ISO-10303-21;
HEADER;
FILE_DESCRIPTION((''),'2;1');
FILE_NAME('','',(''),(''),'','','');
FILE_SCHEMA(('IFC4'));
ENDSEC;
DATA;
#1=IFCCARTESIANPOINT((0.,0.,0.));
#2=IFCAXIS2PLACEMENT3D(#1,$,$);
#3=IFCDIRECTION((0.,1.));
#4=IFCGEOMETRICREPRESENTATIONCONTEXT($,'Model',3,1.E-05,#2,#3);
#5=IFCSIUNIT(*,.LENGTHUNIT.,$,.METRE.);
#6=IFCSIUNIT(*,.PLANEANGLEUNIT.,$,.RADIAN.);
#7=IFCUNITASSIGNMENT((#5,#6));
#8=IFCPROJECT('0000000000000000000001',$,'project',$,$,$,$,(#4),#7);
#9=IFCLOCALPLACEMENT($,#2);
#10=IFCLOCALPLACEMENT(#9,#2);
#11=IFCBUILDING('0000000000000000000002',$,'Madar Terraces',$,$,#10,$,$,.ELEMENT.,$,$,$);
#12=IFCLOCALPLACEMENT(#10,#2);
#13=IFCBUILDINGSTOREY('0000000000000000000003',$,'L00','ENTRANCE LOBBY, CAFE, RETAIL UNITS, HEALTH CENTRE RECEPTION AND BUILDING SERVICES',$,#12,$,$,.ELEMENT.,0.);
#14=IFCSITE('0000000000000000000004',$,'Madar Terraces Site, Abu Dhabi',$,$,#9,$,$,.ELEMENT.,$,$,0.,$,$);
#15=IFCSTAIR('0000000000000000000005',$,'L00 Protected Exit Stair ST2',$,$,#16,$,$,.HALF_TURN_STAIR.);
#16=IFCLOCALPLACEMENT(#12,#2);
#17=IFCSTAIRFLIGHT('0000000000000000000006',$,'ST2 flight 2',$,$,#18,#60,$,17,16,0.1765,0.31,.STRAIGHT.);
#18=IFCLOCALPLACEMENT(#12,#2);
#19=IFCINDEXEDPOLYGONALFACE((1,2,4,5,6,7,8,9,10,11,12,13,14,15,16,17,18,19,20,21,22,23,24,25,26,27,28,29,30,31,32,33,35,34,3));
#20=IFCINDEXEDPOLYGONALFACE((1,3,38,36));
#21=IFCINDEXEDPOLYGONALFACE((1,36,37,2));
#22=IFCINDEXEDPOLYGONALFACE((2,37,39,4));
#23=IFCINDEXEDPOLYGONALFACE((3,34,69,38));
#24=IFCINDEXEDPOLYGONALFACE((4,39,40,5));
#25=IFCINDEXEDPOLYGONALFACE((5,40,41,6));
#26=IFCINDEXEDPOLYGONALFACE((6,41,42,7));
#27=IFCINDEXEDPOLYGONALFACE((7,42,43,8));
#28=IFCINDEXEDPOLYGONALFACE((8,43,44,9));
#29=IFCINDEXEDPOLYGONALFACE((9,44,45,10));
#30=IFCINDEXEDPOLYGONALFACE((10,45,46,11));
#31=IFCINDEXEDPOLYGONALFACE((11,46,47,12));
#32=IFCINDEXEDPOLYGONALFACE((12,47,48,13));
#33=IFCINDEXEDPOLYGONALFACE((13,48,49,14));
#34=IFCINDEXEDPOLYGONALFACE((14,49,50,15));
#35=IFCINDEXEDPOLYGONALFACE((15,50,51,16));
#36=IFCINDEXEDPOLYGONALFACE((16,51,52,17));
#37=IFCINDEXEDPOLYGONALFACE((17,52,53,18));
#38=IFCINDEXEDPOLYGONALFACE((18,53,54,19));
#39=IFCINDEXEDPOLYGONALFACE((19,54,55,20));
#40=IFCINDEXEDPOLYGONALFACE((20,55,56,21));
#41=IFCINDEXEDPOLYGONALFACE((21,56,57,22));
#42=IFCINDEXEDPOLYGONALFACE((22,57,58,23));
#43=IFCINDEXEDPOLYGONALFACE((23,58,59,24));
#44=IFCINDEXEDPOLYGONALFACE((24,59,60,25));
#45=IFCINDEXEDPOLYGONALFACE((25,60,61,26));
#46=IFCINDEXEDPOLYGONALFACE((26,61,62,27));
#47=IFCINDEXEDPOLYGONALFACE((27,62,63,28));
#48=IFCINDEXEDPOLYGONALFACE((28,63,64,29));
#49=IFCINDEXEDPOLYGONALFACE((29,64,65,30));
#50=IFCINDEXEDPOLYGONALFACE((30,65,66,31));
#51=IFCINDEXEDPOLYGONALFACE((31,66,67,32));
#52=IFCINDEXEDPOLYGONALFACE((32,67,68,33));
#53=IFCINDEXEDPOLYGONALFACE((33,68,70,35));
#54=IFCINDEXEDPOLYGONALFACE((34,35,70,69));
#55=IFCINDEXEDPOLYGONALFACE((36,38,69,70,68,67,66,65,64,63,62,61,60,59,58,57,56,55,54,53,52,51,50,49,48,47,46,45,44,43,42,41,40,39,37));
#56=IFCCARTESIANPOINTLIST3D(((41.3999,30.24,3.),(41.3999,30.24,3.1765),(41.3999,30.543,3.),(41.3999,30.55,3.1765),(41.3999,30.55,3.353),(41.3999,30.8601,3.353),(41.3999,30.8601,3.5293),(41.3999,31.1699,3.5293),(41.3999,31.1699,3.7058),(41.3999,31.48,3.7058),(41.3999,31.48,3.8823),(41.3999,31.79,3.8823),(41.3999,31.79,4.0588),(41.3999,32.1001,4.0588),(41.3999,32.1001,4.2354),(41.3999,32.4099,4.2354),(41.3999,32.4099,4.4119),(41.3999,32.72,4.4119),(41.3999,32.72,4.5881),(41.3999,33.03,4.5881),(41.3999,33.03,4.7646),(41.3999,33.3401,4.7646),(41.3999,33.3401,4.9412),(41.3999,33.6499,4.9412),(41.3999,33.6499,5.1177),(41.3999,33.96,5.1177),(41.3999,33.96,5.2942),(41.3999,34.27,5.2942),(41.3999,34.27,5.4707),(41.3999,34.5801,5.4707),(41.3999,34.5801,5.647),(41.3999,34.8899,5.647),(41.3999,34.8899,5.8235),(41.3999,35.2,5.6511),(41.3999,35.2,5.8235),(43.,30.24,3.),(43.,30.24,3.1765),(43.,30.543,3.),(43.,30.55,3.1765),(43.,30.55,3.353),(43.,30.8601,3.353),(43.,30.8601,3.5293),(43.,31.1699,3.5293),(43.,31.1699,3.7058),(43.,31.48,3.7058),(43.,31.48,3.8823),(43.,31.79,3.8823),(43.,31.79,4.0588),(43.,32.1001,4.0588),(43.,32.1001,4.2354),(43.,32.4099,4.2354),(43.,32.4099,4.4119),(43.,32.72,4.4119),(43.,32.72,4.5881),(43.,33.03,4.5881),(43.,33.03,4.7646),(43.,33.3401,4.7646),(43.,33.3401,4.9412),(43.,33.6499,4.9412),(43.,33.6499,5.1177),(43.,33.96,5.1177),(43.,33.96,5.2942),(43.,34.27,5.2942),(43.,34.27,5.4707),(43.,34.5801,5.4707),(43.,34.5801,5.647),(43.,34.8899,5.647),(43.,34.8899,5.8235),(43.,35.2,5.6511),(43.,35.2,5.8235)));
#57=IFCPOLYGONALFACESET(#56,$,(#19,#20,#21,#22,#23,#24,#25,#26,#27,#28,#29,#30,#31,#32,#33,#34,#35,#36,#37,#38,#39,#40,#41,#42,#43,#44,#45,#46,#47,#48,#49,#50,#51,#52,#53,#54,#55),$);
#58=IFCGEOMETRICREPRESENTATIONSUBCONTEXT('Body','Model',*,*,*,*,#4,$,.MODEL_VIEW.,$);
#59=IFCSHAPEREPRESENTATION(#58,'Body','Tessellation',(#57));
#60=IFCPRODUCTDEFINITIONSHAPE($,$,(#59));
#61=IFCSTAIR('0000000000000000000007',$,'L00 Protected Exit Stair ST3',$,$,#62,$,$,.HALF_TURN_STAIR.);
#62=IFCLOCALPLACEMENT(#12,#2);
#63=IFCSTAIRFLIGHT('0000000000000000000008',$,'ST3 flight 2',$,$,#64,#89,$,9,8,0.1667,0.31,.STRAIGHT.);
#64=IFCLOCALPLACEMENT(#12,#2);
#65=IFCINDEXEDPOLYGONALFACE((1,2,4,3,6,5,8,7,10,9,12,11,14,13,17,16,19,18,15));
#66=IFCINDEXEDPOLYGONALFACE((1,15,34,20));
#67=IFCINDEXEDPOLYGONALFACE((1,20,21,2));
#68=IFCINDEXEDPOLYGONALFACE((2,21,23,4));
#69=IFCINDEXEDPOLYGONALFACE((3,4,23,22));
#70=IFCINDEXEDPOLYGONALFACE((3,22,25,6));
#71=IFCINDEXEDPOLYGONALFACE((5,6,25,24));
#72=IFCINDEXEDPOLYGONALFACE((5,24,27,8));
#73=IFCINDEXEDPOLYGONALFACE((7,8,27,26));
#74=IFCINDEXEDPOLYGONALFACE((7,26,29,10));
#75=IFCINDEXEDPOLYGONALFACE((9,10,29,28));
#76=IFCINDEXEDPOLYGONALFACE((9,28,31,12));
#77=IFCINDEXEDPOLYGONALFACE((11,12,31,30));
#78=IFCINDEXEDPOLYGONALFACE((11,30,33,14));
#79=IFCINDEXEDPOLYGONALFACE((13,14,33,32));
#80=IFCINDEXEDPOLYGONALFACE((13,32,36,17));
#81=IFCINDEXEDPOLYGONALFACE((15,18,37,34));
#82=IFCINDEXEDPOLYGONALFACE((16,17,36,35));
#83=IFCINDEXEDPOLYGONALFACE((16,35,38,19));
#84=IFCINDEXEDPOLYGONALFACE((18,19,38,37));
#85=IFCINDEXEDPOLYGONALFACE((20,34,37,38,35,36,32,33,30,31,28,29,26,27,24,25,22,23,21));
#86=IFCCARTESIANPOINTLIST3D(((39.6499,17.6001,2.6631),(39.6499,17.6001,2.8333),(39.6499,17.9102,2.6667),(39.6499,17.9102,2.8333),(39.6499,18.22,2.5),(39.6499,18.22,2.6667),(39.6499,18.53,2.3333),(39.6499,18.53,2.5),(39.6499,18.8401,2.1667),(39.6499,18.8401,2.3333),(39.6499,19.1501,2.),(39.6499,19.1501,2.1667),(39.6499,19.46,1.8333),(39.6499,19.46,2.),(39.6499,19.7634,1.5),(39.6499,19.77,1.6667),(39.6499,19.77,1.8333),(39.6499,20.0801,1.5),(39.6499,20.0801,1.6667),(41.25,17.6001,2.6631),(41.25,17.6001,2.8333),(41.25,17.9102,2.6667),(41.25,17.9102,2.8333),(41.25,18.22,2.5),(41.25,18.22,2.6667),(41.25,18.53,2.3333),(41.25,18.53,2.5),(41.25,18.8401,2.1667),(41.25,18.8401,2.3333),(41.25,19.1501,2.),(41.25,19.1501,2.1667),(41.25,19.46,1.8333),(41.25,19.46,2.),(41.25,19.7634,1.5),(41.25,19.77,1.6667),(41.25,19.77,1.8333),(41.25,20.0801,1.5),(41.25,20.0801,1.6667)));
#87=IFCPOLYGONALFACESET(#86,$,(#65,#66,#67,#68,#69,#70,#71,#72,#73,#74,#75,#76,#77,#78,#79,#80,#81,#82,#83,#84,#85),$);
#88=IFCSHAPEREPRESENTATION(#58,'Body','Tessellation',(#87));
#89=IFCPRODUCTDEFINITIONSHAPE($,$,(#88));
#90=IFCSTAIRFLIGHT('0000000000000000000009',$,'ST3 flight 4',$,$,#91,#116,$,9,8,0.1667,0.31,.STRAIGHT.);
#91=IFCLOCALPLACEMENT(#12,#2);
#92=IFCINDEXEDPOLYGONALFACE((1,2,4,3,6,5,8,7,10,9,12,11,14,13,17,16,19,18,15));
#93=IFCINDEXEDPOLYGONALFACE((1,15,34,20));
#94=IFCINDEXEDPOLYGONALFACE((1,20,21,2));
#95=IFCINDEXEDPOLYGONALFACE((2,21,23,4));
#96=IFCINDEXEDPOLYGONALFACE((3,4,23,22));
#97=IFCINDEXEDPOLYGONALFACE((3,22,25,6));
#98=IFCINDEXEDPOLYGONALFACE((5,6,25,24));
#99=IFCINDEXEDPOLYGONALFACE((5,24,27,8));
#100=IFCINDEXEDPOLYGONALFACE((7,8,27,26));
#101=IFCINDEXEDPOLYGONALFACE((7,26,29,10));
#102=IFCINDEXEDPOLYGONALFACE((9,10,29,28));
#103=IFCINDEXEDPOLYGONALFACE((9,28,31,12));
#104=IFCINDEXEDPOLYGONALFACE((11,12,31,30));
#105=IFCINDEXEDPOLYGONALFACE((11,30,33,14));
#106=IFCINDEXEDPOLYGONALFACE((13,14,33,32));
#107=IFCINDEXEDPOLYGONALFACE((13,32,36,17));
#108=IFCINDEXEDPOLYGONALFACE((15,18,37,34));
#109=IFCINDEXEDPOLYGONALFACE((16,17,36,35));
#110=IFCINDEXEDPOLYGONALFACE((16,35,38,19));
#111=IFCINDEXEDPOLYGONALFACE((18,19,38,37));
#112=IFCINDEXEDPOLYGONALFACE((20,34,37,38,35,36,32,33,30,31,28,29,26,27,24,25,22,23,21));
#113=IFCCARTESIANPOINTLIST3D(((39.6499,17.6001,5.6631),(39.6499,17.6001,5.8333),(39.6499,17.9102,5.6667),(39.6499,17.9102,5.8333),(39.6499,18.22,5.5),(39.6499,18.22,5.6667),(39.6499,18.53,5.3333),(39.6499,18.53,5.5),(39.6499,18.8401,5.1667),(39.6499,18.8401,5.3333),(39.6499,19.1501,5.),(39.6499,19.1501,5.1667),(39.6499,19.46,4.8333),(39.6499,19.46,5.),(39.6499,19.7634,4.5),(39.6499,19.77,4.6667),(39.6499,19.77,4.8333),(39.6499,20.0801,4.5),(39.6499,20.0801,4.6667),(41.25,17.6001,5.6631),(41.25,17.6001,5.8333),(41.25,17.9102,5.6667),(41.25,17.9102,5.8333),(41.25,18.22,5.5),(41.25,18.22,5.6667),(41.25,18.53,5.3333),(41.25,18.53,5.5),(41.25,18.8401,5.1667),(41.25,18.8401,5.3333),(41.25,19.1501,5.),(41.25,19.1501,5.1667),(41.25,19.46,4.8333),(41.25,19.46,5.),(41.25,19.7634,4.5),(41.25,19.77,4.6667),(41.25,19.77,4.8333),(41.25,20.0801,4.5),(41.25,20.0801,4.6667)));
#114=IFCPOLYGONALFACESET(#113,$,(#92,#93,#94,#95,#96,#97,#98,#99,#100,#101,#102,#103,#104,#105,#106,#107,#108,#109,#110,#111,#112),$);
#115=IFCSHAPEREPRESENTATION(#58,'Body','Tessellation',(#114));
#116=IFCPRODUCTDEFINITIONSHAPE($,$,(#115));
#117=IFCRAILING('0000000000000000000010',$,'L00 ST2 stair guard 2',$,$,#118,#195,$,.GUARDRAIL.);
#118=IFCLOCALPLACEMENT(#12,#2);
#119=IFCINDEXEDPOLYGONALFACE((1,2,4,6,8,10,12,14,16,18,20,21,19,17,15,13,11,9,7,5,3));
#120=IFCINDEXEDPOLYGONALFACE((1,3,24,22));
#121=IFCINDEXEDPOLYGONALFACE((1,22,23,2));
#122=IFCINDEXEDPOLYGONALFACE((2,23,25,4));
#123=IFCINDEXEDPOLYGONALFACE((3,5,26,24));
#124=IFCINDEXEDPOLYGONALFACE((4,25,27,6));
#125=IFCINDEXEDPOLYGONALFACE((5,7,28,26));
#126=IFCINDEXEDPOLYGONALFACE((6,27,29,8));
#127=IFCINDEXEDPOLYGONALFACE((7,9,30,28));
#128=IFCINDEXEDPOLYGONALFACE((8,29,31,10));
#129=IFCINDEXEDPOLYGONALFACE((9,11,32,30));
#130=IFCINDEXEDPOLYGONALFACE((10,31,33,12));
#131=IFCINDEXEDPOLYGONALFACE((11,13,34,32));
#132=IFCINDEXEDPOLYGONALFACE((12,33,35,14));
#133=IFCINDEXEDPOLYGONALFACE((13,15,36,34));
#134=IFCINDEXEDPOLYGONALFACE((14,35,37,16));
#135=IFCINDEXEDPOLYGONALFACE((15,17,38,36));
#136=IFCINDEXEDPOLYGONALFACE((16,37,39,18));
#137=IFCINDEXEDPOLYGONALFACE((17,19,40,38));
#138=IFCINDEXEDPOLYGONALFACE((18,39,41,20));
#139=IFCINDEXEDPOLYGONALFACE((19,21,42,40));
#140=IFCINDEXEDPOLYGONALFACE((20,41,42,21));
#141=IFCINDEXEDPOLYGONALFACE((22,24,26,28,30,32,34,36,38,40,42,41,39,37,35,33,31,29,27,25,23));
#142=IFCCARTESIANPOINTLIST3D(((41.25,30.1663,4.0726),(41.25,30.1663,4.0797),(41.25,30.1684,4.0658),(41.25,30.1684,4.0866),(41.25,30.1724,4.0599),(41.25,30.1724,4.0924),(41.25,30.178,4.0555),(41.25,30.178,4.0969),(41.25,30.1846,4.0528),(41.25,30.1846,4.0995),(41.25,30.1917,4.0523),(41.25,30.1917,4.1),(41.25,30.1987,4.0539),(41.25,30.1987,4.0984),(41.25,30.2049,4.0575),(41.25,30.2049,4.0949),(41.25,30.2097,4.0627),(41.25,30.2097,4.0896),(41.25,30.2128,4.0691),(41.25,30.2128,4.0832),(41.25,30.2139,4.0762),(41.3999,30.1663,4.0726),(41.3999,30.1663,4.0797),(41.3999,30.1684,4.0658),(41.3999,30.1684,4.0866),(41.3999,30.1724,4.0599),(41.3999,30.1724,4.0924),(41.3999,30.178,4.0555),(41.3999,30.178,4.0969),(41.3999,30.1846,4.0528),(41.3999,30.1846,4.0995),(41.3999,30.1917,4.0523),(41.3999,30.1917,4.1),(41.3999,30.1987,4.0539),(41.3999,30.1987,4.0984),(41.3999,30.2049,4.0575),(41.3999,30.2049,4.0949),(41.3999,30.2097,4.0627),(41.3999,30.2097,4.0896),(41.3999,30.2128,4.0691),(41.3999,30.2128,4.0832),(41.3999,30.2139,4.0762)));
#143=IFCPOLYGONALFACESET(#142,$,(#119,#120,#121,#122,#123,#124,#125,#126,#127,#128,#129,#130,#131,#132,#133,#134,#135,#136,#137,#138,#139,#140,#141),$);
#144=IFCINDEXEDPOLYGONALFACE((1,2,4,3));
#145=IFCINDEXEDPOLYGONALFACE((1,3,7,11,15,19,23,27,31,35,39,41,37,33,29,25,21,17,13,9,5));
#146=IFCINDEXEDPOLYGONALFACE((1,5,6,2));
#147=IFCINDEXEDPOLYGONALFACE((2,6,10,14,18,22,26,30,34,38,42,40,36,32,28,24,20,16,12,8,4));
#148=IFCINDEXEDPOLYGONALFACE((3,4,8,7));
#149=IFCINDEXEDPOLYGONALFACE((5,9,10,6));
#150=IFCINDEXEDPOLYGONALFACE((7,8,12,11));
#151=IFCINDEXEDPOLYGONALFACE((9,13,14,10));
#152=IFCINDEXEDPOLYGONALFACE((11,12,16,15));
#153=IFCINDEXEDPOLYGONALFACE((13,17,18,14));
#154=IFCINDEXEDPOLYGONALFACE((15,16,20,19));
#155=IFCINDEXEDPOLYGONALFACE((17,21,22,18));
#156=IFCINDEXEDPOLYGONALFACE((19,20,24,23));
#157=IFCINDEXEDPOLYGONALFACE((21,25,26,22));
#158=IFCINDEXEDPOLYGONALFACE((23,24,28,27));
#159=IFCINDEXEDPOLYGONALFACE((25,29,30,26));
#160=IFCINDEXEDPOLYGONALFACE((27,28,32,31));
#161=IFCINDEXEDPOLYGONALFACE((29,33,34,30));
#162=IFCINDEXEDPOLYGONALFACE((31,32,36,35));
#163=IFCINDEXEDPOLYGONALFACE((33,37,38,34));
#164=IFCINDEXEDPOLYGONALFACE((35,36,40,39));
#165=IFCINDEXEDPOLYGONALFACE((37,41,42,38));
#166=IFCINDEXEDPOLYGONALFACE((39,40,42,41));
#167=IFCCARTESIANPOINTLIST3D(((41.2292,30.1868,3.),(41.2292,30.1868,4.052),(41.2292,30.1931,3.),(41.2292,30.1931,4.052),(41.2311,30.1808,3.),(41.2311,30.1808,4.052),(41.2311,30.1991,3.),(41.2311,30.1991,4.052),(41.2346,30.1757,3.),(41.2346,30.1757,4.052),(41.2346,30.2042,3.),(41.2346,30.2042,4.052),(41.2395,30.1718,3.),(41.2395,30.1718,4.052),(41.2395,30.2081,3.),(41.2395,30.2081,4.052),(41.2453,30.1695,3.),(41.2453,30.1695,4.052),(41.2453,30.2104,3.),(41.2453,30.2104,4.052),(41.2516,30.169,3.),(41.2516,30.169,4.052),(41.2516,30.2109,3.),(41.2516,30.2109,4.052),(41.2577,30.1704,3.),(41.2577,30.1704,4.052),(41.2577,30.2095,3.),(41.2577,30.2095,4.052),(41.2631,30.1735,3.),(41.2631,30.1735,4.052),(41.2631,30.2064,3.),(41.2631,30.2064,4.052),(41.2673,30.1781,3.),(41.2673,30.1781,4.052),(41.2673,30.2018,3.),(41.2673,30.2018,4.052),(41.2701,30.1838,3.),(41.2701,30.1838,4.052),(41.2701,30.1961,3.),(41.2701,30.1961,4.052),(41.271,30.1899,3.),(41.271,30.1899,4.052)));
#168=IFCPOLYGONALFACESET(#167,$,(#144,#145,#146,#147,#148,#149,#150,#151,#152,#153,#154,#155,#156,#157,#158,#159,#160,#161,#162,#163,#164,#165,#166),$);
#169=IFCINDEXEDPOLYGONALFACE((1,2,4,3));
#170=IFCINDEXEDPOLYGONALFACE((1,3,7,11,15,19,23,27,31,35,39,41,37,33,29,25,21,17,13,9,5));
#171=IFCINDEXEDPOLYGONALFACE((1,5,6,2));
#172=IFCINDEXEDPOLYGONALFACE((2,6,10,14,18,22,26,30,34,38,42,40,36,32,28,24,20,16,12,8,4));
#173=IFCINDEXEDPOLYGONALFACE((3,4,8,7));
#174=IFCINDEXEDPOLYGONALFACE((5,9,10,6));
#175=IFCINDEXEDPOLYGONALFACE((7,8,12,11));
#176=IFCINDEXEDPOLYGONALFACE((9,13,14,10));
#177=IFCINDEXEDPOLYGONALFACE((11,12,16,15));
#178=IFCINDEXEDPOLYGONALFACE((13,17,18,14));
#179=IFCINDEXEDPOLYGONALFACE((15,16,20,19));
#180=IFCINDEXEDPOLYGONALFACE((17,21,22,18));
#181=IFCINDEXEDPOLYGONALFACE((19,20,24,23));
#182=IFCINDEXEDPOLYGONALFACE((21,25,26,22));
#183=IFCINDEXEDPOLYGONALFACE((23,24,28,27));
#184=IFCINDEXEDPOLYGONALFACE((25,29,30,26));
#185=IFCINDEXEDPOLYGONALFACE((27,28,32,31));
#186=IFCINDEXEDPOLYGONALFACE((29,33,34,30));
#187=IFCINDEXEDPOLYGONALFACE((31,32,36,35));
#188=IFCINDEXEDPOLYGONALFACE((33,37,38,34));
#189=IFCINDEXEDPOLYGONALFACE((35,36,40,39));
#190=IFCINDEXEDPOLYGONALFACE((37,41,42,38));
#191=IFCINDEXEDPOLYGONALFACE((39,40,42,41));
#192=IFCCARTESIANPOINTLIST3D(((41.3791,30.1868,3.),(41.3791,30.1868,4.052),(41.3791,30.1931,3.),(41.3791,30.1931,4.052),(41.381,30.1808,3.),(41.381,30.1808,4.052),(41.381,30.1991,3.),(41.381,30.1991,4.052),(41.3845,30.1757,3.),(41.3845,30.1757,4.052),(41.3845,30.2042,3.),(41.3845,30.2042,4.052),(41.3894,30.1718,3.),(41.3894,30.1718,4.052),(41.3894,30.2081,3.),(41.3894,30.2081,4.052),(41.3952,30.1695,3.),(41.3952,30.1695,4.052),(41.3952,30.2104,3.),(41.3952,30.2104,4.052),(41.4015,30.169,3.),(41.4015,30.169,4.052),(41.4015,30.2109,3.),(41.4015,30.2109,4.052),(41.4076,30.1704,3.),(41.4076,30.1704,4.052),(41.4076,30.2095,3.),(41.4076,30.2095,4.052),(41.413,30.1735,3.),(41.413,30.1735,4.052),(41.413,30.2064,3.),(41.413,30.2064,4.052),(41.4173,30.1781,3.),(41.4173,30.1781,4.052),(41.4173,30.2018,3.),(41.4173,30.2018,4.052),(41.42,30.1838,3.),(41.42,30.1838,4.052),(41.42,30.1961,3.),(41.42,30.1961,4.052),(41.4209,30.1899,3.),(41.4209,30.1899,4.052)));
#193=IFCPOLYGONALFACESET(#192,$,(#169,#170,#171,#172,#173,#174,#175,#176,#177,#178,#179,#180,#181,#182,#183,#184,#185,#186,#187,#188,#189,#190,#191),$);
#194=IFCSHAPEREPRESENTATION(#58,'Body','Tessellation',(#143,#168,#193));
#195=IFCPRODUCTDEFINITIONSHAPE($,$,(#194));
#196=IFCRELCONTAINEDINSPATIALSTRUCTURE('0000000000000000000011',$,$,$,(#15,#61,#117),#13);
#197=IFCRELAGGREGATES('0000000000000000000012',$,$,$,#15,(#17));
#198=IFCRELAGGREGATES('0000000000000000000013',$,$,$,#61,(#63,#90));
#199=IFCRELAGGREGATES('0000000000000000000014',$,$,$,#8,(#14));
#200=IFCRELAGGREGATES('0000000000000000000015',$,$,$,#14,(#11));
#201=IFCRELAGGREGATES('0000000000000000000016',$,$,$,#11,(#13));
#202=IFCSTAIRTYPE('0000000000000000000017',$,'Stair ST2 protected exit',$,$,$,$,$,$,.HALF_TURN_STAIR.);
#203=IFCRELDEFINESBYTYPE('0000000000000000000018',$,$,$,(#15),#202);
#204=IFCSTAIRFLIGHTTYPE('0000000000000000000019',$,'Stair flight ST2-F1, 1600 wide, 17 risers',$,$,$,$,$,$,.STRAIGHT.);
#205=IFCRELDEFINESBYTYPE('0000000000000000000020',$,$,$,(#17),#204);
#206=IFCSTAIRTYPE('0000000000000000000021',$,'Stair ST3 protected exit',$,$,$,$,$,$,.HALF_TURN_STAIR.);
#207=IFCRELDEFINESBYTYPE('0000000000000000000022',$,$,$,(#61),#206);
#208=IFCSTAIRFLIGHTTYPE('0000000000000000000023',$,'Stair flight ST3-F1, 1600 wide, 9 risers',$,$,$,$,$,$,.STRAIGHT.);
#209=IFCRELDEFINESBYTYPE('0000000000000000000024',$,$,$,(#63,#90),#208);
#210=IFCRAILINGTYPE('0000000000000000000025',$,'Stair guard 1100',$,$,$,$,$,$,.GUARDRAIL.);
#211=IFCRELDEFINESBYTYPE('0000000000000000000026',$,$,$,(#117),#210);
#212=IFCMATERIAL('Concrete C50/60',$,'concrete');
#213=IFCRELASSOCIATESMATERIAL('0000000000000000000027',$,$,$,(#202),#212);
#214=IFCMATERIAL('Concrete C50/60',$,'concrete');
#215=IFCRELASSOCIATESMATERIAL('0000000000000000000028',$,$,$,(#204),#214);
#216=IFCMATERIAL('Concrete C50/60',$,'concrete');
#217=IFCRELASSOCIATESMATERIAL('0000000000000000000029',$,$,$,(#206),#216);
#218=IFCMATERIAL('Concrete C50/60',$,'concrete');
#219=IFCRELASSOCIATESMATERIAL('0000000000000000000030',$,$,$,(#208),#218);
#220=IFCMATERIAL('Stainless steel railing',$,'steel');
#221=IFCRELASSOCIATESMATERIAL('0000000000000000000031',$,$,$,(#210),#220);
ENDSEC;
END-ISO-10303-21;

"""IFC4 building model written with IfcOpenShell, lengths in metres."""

from ifc_helpers import new_model, si_unit, direction, frame, origin, origin_2d, place, context, subcontext, project, spatial, polyline, circle, outline, extrude, material, type_object, element, aggregate, save


model = new_model("IFC4")

# Units and contexts
model_context = context("Model", 3, precision=1e-05, world=origin(), true_north=direction((0.0, 1.0)))
body_context = subcontext(model_context, "Body", "Model", "MODEL_VIEW")
ifc_project = project(units=[si_unit("LENGTHUNIT", "METRE"), si_unit("PLANEANGLEUNIT", "RADIAN")], contexts=[model_context])

# Site, building, storey
site_placement = place(None, origin())
site = spatial("IfcSite", under=ifc_project, at=site_placement, Name="Madar Terraces Site, Abu Dhabi", CompositionType="ELEMENT", RefElevation=0.0)
building_placement = place(site_placement, origin())
building = spatial("IfcBuilding", under=site, at=building_placement, Name="Madar Terraces", CompositionType="ELEMENT")
storey_placement = place(building_placement, origin())
storey = spatial("IfcBuildingStorey", under=building, at=storey_placement, Name="L00", Description="ENTRANCE LOBBY, CAFE, RETAIL UNITS, HEALTH CENTRE RECEPTION AND BUILDING SERVICES", CompositionType="ELEMENT", Elevation=0.0)

# Stair, stair flight
ifc_material_1 = material(Name="Concrete C50/60", Category="concrete")
stair_type_1 = type_object("IfcStairType", Name="Stair ST2 protected exit", PredefinedType="HALF_TURN_STAIR", material=ifc_material_1)
stair_1_placement = place(storey_placement, origin())
stair_1 = element("IfcStair", 1, at=stair_1_placement, inside=storey, type_object=stair_type_1, Name="L00 Protected Exit Stair ST2", PredefinedType="HALF_TURN_STAIR")
ifc_material_2 = material(Name="Concrete C50/60", Category="concrete")
stair_flight_type_1 = type_object("IfcStairFlightType", Name="Stair flight ST2-F1, 1600 wide, 17 risers", PredefinedType="STRAIGHT", material=ifc_material_2)
stair_flight_1_placement = place(storey_placement, frame((42.2, 30.24, 3.0), z_axis=(0.0, 0.0, 1.0), x_axis=(0.0, 1.0, 0.0)))
stair_flight_1 = element("IfcStairFlight", 2, at=stair_flight_1_placement, type_object=stair_flight_type_1, Name="ST2 flight 2", NumberOfRisers=17, NumberOfTreads=16, PredefinedType="STRAIGHT", RiserHeight=0.1765, TreadLength=0.31, context=body_context, shape_type="SweptSolid", body=[
    extrude(outline(polyline([(0.0, 0.0), (0.0, 0.1765), (0.3101, 0.1765), (0.3101, 0.353), (0.6201, 0.353), (0.6201, 0.5293), (0.9299, 0.5293), (0.9299, 0.7058), (1.24, 0.7058), (1.24, 0.8823), (1.55, 0.8823), (1.55, 1.0588), (1.8601, 1.0588), (1.8601, 1.2354), (2.1699, 1.2354), (2.1699, 1.4119), (2.48, 1.4119), (2.48, 1.5881), (2.79, 1.5881), (2.79, 1.7646), (3.1001, 1.7646), (3.1001, 1.9412), (3.4099, 1.9412), (3.4099, 2.1177), (3.72, 2.1177), (3.72, 2.2942), (4.03, 2.2942), (4.03, 2.4707), (4.3401, 2.4707), (4.3401, 2.647), (4.6499, 2.647), (4.6499, 2.8235), (4.96, 2.8235), (4.96, 3.0), (4.96, 2.6511), (0.303, 0.0), (0.0, 0.0)])), frame((0.0, 0.8, 0.0), z_axis=(0.0, -1.0, 0.0), x_axis=(1.0, 0.0, 0.0)), (0.0, 0.0, 1.0), 1.6001),
])
aggregate(stair_1, [stair_flight_1])

# Stair, stair flights
ifc_material_3 = material(Name="Concrete C50/60", Category="concrete")
stair_type_2 = type_object("IfcStairType", Name="Stair ST3 protected exit", PredefinedType="HALF_TURN_STAIR", material=ifc_material_3)
stair_2_placement = place(storey_placement, origin())
stair_2 = element("IfcStair", 3, at=stair_2_placement, inside=storey, type_object=stair_type_2, Name="L00 Protected Exit Stair ST3", PredefinedType="HALF_TURN_STAIR")
ifc_material_4 = material(Name="Concrete C50/60", Category="concrete")
stair_flight_type_2 = type_object("IfcStairFlightType", Name="Stair flight ST3-F1, 1600 wide, 9 risers", PredefinedType="STRAIGHT", material=ifc_material_4)
stair_flight_2_placement = place(storey_placement, frame((40.45, 20.0801, 1.5), z_axis=(0.0, 0.0, 1.0), x_axis=(0.0, -1.0, 0.0)))
stair_flight_2 = element("IfcStairFlight", 4, at=stair_flight_2_placement, type_object=stair_flight_type_2, Name="ST3 flight 2", NumberOfRisers=9, NumberOfTreads=8, PredefinedType="STRAIGHT", RiserHeight=0.1667, TreadLength=0.31, context=body_context, shape_type="SweptSolid", body=[
    extrude(outline(polyline([(0.0, 0.0), (0.0, 0.1667), (0.3101, 0.1667), (0.3101, 0.3333), (0.6201, 0.3333), (0.6201, 0.5), (0.9299, 0.5), (0.9299, 0.6667), (1.24, 0.6667), (1.24, 0.8333), (1.55, 0.8333), (1.55, 1.0), (1.8601, 1.0), (1.8601, 1.1667), (2.1699, 1.1667), (2.1699, 1.3333), (2.48, 1.3333), (2.48, 1.5), (2.48, 1.1631), (0.3167, 0.0), (0.0, 0.0)])), frame((0.0, 0.8, 0.0), z_axis=(0.0, -1.0, 0.0), x_axis=(1.0, 0.0, 0.0)), (0.0, 0.0, 1.0), 1.6001),
])
stair_flight_3_placement = place(storey_placement, frame((40.45, 20.0801, 4.5), z_axis=(0.0, 0.0, 1.0), x_axis=(0.0, -1.0, 0.0)))
stair_flight_3 = element("IfcStairFlight", 5, at=stair_flight_3_placement, type_object=stair_flight_type_2, Name="ST3 flight 4", NumberOfRisers=9, NumberOfTreads=8, PredefinedType="STRAIGHT", RiserHeight=0.1667, TreadLength=0.31, context=body_context, shape_type="SweptSolid", body=[
    extrude(outline(polyline([(0.0, 0.0), (0.0, 0.1667), (0.3101, 0.1667), (0.3101, 0.3333), (0.6201, 0.3333), (0.6201, 0.5), (0.9299, 0.5), (0.9299, 0.6667), (1.24, 0.6667), (1.24, 0.8333), (1.55, 0.8333), (1.55, 1.0), (1.8601, 1.0), (1.8601, 1.1667), (2.1699, 1.1667), (2.1699, 1.3333), (2.48, 1.3333), (2.48, 1.5), (2.48, 1.1631), (0.3167, 0.0), (0.0, 0.0)])), frame((0.0, 0.8, 0.0), z_axis=(0.0, -1.0, 0.0), x_axis=(1.0, 0.0, 0.0)), (0.0, 0.0, 1.0), 1.6001),
])
aggregate(stair_2, [stair_flight_2, stair_flight_3])

# Railing
ifc_material_5 = material(Name="Stainless steel railing", Category="steel")
railing_type = type_object("IfcRailingType", Name="Stair guard 1100", PredefinedType="GUARDRAIL", material=ifc_material_5)
railing_1_placement = place(storey_placement, frame((41.25, 30.1899, 3.0)))
element("IfcRailing", 6, at=railing_1_placement, inside=storey, type_object=railing_type, Name="L00 ST2 stair guard 2", PredefinedType="GUARDRAIL", context=body_context, shape_type="SweptSolid", body=[
    extrude(circle(Radius=0.0239, at=origin_2d()), frame((0.0, 0.0, 1.0762), z_axis=(1.0, 0.0, 0.0), x_axis=(0.0, 1.0, 0.0)), (0.0, 0.0, 1.0), 0.1499),
    extrude(circle(Radius=0.021, at=origin_2d()), origin(), (0.0, 0.0, 1.0), 1.052),
    extrude(circle(Radius=0.021, at=origin_2d()), frame((0.1499, 0.0, 0.0)), (0.0, 0.0, 1.0), 1.052),
])

save(model, "model.ifc")
